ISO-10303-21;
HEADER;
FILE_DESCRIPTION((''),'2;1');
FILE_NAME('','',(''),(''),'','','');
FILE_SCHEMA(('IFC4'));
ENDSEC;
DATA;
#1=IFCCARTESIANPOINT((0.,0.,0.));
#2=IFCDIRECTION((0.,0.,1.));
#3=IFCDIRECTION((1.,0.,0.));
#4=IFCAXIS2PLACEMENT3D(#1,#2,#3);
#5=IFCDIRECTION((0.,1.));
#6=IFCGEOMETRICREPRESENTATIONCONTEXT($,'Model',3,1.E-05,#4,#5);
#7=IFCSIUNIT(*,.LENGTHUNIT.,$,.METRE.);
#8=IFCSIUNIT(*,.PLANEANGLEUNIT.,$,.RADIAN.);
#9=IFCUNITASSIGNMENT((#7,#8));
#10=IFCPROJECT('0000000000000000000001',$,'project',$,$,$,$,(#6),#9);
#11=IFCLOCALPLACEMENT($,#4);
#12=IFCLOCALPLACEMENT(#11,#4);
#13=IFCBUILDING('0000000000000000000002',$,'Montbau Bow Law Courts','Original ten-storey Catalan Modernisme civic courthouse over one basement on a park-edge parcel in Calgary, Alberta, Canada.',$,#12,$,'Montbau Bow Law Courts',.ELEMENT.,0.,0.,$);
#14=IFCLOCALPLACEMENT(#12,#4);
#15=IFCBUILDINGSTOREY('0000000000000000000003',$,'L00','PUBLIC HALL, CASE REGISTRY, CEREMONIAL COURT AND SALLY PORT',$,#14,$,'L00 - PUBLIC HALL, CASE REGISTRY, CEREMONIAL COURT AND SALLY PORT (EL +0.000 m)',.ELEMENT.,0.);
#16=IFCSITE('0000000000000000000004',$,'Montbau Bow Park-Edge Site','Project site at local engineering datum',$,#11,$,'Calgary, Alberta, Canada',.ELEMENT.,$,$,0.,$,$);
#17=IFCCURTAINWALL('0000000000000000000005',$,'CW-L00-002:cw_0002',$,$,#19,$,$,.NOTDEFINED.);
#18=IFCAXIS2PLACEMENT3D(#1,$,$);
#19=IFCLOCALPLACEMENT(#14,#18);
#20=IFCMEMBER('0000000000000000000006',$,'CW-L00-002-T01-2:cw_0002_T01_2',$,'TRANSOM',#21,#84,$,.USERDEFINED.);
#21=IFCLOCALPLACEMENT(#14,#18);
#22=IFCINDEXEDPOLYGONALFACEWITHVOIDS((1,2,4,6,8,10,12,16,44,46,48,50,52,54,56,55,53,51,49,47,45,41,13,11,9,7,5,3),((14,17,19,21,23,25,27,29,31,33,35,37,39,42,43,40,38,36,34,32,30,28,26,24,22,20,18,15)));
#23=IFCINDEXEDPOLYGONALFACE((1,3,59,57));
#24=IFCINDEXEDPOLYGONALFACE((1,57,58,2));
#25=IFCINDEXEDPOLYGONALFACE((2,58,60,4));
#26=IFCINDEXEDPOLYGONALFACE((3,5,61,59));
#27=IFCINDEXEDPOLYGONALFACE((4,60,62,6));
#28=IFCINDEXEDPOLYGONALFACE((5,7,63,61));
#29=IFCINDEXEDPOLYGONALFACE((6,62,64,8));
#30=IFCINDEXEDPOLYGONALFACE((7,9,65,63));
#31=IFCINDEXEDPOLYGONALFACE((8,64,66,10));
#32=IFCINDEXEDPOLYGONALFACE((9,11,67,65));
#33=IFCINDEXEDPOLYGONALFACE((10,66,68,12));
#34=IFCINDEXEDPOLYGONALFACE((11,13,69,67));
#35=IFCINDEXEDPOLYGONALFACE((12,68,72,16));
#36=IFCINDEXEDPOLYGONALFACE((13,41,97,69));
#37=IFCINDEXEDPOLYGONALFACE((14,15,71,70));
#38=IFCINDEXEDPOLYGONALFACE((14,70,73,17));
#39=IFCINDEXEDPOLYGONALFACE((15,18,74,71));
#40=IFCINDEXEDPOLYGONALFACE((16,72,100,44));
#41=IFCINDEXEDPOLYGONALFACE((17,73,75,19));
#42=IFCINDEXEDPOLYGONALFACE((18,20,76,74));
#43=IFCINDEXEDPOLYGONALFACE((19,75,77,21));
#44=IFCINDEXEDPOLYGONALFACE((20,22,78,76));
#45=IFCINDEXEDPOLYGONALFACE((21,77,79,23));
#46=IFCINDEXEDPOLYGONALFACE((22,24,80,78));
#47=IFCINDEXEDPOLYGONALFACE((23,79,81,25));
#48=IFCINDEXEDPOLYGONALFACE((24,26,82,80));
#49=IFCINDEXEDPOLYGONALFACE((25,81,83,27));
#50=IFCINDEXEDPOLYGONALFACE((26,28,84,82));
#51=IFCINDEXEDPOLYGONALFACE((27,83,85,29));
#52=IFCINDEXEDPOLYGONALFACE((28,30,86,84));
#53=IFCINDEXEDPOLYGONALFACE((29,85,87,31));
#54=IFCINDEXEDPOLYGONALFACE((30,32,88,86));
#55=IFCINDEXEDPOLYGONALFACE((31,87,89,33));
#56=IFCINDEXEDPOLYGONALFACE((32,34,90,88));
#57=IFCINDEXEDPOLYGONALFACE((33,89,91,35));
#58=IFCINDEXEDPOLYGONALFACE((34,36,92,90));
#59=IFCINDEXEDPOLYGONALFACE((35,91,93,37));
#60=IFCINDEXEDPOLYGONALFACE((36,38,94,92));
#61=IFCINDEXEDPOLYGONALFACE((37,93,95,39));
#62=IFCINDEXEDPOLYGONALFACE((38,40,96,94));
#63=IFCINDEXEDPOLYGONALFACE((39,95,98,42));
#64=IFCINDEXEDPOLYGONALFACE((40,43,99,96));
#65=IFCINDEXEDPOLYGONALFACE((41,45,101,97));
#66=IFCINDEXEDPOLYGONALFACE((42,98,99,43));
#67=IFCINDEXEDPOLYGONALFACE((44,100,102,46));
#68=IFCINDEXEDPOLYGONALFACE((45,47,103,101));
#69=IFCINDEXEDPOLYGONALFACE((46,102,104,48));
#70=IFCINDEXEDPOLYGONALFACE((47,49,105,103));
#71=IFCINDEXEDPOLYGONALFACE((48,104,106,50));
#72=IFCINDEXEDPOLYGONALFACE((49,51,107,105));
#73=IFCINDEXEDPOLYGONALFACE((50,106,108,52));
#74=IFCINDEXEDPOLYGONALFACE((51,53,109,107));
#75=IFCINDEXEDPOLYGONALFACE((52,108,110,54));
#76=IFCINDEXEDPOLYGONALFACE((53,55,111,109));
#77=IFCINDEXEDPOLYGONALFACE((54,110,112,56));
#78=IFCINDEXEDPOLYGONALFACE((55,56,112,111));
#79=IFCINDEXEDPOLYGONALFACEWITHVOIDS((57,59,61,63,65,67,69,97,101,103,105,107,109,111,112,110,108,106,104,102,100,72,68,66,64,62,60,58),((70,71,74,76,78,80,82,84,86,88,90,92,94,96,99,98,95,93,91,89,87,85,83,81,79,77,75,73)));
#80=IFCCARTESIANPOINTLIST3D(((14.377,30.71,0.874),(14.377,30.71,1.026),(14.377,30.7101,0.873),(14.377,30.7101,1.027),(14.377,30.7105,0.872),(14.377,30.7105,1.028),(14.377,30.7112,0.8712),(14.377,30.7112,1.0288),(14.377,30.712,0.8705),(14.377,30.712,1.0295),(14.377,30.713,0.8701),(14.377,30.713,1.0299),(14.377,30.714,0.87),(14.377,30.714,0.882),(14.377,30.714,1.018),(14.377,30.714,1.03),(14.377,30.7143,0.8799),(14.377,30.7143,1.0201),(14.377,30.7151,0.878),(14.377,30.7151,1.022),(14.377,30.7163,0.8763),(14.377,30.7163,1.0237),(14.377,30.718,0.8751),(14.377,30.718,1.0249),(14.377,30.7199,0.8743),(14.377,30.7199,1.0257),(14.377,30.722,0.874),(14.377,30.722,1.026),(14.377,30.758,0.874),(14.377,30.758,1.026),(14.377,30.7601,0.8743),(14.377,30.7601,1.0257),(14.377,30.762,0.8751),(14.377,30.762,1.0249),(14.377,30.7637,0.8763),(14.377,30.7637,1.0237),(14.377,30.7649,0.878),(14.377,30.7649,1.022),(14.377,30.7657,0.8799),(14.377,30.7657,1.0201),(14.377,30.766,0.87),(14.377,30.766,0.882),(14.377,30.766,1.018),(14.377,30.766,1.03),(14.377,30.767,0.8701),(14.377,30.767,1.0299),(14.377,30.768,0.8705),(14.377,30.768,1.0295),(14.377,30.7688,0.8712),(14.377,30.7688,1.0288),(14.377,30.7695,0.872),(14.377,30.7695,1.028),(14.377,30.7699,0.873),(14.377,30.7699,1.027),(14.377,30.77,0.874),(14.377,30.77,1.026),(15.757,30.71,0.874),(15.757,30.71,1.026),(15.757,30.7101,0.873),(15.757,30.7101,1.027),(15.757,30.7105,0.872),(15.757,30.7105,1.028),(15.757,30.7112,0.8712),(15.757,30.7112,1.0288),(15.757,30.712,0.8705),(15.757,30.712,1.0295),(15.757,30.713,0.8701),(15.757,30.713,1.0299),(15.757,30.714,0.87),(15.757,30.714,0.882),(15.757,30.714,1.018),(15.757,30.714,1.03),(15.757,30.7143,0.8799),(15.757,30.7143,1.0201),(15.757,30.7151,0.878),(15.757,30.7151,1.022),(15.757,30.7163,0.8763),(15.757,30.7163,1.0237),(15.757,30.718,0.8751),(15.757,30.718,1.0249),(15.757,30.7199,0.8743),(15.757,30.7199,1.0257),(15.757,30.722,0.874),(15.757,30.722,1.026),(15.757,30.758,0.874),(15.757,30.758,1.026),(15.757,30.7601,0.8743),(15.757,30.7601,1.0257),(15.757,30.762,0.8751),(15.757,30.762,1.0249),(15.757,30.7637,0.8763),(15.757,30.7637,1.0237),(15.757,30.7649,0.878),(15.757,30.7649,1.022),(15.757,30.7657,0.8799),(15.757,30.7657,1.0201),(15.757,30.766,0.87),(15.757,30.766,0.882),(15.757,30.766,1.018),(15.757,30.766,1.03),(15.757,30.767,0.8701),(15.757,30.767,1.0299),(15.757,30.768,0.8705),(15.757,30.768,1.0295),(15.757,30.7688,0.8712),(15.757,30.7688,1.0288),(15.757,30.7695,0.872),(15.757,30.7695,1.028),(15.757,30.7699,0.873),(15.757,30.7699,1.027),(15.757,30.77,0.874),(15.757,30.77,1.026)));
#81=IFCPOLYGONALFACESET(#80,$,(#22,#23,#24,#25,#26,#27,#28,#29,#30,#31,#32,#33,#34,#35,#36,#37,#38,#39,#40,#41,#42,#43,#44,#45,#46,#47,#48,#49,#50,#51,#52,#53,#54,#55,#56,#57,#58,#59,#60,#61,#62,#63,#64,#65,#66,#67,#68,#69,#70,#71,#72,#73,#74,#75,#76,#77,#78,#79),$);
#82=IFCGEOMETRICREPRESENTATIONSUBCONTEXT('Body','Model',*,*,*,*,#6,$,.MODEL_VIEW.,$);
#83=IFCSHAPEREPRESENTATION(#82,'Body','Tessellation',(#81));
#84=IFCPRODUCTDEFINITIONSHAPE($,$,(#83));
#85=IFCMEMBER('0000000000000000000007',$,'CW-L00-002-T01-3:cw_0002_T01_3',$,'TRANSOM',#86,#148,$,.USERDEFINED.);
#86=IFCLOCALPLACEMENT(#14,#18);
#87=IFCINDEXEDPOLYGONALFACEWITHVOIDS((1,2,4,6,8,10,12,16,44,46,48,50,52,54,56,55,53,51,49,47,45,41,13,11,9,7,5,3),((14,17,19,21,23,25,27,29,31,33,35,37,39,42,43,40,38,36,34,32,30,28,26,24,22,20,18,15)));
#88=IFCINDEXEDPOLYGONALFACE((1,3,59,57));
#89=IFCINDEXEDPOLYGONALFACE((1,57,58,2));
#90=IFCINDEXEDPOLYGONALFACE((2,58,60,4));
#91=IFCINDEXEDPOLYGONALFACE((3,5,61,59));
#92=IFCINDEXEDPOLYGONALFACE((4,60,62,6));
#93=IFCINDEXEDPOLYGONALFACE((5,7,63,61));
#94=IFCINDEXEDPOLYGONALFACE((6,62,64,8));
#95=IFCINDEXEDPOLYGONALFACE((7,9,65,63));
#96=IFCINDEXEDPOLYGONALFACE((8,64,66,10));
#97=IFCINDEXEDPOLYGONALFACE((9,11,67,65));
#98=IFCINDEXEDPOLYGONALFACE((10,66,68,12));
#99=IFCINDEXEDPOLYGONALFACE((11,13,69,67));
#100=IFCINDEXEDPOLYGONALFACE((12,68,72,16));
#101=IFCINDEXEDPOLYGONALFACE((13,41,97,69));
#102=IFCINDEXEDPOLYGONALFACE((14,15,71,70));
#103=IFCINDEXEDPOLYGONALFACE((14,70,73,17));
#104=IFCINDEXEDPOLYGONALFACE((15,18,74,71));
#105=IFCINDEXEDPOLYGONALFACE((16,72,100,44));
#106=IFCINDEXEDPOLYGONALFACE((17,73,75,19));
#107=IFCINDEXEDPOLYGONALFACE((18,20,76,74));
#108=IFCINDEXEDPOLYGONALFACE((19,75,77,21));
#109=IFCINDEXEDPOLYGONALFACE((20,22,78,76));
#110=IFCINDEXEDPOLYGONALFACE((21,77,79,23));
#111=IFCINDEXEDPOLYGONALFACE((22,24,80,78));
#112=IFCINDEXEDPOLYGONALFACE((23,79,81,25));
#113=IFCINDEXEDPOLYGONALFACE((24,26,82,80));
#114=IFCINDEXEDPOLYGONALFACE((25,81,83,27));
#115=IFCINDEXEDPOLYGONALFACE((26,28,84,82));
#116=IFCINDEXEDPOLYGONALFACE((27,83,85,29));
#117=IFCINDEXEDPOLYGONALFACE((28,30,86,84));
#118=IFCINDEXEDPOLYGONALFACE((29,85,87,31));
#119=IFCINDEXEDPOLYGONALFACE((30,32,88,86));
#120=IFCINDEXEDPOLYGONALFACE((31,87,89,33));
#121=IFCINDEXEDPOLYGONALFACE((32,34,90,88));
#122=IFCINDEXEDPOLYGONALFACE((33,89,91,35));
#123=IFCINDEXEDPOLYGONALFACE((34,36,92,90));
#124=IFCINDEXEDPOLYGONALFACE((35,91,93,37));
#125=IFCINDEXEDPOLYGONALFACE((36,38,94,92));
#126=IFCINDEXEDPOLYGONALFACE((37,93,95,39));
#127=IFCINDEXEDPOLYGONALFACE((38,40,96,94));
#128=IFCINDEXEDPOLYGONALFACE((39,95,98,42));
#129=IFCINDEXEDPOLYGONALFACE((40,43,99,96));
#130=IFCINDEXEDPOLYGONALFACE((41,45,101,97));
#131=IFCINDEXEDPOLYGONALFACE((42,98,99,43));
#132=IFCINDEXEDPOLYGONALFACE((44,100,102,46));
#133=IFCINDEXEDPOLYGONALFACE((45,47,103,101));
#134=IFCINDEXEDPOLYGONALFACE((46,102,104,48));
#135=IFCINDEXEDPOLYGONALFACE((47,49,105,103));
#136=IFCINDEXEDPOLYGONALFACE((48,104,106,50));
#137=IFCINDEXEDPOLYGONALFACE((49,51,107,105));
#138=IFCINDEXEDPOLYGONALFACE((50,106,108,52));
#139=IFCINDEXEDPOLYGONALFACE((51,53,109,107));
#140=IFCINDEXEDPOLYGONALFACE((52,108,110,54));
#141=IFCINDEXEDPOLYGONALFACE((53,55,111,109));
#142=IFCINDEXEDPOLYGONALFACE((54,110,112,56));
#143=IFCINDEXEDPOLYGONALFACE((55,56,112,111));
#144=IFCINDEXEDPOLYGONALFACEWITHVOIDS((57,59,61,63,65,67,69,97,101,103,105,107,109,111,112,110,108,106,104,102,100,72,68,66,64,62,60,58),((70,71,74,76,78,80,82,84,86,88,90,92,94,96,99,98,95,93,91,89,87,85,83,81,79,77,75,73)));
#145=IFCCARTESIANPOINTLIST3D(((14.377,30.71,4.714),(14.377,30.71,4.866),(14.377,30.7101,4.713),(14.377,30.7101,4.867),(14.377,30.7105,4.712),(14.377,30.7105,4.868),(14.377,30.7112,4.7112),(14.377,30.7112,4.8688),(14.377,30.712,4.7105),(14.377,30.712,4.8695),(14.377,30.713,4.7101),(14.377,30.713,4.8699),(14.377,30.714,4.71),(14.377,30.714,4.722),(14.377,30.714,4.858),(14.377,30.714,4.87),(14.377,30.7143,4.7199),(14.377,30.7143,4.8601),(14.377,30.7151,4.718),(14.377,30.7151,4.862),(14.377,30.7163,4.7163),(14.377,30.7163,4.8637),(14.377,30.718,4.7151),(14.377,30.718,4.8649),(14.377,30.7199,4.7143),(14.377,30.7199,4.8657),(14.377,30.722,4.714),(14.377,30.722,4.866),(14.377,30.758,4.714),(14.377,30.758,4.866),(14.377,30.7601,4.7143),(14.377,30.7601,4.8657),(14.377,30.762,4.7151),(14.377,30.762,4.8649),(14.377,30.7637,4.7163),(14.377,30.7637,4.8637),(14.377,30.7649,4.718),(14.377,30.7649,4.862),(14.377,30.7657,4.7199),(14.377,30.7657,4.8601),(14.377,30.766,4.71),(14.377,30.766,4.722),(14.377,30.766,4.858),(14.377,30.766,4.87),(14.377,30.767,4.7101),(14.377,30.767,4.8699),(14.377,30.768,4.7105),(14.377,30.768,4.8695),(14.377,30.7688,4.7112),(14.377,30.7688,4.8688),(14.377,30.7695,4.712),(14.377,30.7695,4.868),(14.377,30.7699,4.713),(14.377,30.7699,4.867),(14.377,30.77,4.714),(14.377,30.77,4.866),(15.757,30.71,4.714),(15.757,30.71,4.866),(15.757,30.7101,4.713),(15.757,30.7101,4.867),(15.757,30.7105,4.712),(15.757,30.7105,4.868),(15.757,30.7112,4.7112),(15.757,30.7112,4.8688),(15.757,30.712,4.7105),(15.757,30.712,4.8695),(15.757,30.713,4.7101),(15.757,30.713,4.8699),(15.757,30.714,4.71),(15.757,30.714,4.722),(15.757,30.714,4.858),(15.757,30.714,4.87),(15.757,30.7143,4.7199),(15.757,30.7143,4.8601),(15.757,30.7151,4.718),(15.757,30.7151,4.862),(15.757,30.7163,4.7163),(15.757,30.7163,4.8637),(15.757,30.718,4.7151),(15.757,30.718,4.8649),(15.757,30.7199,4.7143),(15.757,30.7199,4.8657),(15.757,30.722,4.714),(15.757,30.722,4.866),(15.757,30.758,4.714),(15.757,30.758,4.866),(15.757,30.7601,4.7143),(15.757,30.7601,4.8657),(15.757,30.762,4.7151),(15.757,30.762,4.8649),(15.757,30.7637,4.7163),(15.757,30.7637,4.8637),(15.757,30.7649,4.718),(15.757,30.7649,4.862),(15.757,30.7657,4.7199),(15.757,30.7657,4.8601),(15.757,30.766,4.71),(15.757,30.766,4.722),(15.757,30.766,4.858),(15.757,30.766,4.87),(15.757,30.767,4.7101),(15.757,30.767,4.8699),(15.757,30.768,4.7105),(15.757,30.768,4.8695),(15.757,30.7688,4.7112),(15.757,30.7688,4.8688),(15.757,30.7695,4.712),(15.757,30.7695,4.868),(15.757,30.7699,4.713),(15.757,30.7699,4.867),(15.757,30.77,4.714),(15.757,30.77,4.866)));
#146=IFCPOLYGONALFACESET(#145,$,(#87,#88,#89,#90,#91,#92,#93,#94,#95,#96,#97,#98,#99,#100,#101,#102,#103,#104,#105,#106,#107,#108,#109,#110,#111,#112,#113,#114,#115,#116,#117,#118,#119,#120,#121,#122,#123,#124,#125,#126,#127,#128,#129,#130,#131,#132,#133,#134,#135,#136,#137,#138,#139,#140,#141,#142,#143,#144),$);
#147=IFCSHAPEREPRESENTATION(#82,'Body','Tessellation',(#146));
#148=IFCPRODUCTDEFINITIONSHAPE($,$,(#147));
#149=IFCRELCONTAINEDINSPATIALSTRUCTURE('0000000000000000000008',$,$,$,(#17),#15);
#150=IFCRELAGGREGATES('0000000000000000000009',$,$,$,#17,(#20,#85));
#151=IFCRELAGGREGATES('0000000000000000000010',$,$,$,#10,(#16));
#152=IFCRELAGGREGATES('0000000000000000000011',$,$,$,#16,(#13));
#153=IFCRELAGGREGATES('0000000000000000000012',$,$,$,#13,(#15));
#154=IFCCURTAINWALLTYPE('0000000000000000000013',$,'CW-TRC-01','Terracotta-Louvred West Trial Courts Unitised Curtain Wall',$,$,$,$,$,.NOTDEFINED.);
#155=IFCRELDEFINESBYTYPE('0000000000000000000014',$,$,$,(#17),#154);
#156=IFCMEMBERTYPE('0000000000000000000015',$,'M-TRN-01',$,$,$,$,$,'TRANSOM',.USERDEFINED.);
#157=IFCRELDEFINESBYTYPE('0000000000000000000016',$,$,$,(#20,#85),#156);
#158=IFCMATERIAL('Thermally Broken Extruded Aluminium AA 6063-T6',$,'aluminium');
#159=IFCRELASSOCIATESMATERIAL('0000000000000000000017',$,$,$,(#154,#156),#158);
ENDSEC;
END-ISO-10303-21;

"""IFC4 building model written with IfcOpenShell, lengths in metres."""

from ifc_helpers import new_model, si_unit, direction, frame, origin_with_axes, origin_2d_with_axis, place, context, subcontext, project, spatial, hollow_rectangle, extrude, material, material_profile, profile_set, type_object, element, aggregate, save


model = new_model("IFC4")

# Units and contexts
model_context = context("Model", 3, precision=1e-05, world=origin_with_axes(), true_north=direction((0.0, 1.0)))
body_context = subcontext(model_context, "Body", "Model", "MODEL_VIEW")
ifc_project = project(units=[si_unit("LENGTHUNIT", "METRE"), si_unit("PLANEANGLEUNIT", "RADIAN")], contexts=[model_context])

# Site, building, storey
site_placement = place(None, origin_with_axes())
site = spatial("IfcSite", under=ifc_project, at=site_placement, Name="Montbau Bow Park-Edge Site", Description="Project site at local engineering datum", LongName="Calgary, Alberta, Canada", CompositionType="ELEMENT", RefElevation=0.0)
building_placement = place(site_placement, origin_with_axes())
building = spatial("IfcBuilding", under=site, at=building_placement, Name="Montbau Bow Law Courts", Description="Original ten-storey Catalan Modernisme civic courthouse over one basement on a park-edge parcel in Calgary, Alberta, Canada.", LongName="Montbau Bow Law Courts", CompositionType="ELEMENT", ElevationOfRefHeight=0.0, ElevationOfTerrain=0.0)
storey_placement = place(building_placement, origin_with_axes())
storey = spatial("IfcBuildingStorey", under=building, at=storey_placement, Name="L00", Description="PUBLIC HALL, CASE REGISTRY, CEREMONIAL COURT AND SALLY PORT", LongName="L00 - PUBLIC HALL, CASE REGISTRY, CEREMONIAL COURT AND SALLY PORT (EL +0.000 m)", CompositionType="ELEMENT", Elevation=0.0)

# Curtain wall, members
ifc_material_1 = material(Name="Thermally Broken Extruded Aluminium AA 6063-T6", Category="aluminium")
curtain_wall_type = type_object("IfcCurtainWallType", Name="CW-TRC-01", Description="Terracotta-Louvred West Trial Courts Unitised Curtain Wall", PredefinedType="NOTDEFINED", material=ifc_material_1)
curtain_wall_placement = place(None, frame((14.315, 30.74, 0.0), z_axis=(0.0, 0.0, 1.0), x_axis=(1.0, 0.0, 0.0)))
curtain_wall = element("IfcCurtainWall", 1, at=curtain_wall_placement, inside=storey, type_object=curtain_wall_type, Name="CW-L00-002:cw_0002", PredefinedType="NOTDEFINED")
ifc_material_profile_1 = material_profile(ifc_material_1, hollow_rectangle(XDim=0.06, YDim=0.16, WallThickness=0.004, InnerFilletRadius=0.008, OuterFilletRadius=0.004, at=origin_2d_with_axis()), Name="CWT-160X60", Category="Main", Priority=0)
ifc_profile_set_1 = profile_set([ifc_material_profile_1], Name="Thermally Broken Extruded Aluminium AA 6063-T6")
member_type_1 = type_object("IfcMemberType", Name="M-TRN-01", ElementType="TRANSOM", PredefinedType="USERDEFINED", material=ifc_profile_set_1)
member_1_placement = place(None, frame((14.377, 30.74, 0.95), z_axis=(1.0, 0.0, 0.0), x_axis=(0.0, 1.0, 0.0)))
member_1 = element("IfcMember", 2, at=member_1_placement, type_object=member_type_1, Name="CW-L00-002-T01-2:cw_0002_T01_2", ObjectType="TRANSOM", PredefinedType="USERDEFINED", context=body_context, shape_type="SweptSolid", body=[
    extrude(hollow_rectangle(XDim=0.06, YDim=0.16, WallThickness=0.004, InnerFilletRadius=0.008, OuterFilletRadius=0.004, at=origin_2d_with_axis()), origin_with_axes(), (0.0, 0.0, 1.0), 1.38),
])
member_2_placement = place(None, frame((14.377, 30.74, 4.79), z_axis=(1.0, 0.0, 0.0), x_axis=(0.0, 1.0, 0.0)))
member_2 = element("IfcMember", 3, at=member_2_placement, type_object=member_type_1, Name="CW-L00-002-T01-3:cw_0002_T01_3", ObjectType="TRANSOM", PredefinedType="USERDEFINED", context=body_context, shape_type="SweptSolid", body=[
    extrude(hollow_rectangle(XDim=0.06, YDim=0.16, WallThickness=0.004, InnerFilletRadius=0.008, OuterFilletRadius=0.004, at=origin_2d_with_axis()), origin_with_axes(), (0.0, 0.0, 1.0), 1.38),
])
aggregate(curtain_wall, [member_1, member_2])

save(model, "model.ifc")
